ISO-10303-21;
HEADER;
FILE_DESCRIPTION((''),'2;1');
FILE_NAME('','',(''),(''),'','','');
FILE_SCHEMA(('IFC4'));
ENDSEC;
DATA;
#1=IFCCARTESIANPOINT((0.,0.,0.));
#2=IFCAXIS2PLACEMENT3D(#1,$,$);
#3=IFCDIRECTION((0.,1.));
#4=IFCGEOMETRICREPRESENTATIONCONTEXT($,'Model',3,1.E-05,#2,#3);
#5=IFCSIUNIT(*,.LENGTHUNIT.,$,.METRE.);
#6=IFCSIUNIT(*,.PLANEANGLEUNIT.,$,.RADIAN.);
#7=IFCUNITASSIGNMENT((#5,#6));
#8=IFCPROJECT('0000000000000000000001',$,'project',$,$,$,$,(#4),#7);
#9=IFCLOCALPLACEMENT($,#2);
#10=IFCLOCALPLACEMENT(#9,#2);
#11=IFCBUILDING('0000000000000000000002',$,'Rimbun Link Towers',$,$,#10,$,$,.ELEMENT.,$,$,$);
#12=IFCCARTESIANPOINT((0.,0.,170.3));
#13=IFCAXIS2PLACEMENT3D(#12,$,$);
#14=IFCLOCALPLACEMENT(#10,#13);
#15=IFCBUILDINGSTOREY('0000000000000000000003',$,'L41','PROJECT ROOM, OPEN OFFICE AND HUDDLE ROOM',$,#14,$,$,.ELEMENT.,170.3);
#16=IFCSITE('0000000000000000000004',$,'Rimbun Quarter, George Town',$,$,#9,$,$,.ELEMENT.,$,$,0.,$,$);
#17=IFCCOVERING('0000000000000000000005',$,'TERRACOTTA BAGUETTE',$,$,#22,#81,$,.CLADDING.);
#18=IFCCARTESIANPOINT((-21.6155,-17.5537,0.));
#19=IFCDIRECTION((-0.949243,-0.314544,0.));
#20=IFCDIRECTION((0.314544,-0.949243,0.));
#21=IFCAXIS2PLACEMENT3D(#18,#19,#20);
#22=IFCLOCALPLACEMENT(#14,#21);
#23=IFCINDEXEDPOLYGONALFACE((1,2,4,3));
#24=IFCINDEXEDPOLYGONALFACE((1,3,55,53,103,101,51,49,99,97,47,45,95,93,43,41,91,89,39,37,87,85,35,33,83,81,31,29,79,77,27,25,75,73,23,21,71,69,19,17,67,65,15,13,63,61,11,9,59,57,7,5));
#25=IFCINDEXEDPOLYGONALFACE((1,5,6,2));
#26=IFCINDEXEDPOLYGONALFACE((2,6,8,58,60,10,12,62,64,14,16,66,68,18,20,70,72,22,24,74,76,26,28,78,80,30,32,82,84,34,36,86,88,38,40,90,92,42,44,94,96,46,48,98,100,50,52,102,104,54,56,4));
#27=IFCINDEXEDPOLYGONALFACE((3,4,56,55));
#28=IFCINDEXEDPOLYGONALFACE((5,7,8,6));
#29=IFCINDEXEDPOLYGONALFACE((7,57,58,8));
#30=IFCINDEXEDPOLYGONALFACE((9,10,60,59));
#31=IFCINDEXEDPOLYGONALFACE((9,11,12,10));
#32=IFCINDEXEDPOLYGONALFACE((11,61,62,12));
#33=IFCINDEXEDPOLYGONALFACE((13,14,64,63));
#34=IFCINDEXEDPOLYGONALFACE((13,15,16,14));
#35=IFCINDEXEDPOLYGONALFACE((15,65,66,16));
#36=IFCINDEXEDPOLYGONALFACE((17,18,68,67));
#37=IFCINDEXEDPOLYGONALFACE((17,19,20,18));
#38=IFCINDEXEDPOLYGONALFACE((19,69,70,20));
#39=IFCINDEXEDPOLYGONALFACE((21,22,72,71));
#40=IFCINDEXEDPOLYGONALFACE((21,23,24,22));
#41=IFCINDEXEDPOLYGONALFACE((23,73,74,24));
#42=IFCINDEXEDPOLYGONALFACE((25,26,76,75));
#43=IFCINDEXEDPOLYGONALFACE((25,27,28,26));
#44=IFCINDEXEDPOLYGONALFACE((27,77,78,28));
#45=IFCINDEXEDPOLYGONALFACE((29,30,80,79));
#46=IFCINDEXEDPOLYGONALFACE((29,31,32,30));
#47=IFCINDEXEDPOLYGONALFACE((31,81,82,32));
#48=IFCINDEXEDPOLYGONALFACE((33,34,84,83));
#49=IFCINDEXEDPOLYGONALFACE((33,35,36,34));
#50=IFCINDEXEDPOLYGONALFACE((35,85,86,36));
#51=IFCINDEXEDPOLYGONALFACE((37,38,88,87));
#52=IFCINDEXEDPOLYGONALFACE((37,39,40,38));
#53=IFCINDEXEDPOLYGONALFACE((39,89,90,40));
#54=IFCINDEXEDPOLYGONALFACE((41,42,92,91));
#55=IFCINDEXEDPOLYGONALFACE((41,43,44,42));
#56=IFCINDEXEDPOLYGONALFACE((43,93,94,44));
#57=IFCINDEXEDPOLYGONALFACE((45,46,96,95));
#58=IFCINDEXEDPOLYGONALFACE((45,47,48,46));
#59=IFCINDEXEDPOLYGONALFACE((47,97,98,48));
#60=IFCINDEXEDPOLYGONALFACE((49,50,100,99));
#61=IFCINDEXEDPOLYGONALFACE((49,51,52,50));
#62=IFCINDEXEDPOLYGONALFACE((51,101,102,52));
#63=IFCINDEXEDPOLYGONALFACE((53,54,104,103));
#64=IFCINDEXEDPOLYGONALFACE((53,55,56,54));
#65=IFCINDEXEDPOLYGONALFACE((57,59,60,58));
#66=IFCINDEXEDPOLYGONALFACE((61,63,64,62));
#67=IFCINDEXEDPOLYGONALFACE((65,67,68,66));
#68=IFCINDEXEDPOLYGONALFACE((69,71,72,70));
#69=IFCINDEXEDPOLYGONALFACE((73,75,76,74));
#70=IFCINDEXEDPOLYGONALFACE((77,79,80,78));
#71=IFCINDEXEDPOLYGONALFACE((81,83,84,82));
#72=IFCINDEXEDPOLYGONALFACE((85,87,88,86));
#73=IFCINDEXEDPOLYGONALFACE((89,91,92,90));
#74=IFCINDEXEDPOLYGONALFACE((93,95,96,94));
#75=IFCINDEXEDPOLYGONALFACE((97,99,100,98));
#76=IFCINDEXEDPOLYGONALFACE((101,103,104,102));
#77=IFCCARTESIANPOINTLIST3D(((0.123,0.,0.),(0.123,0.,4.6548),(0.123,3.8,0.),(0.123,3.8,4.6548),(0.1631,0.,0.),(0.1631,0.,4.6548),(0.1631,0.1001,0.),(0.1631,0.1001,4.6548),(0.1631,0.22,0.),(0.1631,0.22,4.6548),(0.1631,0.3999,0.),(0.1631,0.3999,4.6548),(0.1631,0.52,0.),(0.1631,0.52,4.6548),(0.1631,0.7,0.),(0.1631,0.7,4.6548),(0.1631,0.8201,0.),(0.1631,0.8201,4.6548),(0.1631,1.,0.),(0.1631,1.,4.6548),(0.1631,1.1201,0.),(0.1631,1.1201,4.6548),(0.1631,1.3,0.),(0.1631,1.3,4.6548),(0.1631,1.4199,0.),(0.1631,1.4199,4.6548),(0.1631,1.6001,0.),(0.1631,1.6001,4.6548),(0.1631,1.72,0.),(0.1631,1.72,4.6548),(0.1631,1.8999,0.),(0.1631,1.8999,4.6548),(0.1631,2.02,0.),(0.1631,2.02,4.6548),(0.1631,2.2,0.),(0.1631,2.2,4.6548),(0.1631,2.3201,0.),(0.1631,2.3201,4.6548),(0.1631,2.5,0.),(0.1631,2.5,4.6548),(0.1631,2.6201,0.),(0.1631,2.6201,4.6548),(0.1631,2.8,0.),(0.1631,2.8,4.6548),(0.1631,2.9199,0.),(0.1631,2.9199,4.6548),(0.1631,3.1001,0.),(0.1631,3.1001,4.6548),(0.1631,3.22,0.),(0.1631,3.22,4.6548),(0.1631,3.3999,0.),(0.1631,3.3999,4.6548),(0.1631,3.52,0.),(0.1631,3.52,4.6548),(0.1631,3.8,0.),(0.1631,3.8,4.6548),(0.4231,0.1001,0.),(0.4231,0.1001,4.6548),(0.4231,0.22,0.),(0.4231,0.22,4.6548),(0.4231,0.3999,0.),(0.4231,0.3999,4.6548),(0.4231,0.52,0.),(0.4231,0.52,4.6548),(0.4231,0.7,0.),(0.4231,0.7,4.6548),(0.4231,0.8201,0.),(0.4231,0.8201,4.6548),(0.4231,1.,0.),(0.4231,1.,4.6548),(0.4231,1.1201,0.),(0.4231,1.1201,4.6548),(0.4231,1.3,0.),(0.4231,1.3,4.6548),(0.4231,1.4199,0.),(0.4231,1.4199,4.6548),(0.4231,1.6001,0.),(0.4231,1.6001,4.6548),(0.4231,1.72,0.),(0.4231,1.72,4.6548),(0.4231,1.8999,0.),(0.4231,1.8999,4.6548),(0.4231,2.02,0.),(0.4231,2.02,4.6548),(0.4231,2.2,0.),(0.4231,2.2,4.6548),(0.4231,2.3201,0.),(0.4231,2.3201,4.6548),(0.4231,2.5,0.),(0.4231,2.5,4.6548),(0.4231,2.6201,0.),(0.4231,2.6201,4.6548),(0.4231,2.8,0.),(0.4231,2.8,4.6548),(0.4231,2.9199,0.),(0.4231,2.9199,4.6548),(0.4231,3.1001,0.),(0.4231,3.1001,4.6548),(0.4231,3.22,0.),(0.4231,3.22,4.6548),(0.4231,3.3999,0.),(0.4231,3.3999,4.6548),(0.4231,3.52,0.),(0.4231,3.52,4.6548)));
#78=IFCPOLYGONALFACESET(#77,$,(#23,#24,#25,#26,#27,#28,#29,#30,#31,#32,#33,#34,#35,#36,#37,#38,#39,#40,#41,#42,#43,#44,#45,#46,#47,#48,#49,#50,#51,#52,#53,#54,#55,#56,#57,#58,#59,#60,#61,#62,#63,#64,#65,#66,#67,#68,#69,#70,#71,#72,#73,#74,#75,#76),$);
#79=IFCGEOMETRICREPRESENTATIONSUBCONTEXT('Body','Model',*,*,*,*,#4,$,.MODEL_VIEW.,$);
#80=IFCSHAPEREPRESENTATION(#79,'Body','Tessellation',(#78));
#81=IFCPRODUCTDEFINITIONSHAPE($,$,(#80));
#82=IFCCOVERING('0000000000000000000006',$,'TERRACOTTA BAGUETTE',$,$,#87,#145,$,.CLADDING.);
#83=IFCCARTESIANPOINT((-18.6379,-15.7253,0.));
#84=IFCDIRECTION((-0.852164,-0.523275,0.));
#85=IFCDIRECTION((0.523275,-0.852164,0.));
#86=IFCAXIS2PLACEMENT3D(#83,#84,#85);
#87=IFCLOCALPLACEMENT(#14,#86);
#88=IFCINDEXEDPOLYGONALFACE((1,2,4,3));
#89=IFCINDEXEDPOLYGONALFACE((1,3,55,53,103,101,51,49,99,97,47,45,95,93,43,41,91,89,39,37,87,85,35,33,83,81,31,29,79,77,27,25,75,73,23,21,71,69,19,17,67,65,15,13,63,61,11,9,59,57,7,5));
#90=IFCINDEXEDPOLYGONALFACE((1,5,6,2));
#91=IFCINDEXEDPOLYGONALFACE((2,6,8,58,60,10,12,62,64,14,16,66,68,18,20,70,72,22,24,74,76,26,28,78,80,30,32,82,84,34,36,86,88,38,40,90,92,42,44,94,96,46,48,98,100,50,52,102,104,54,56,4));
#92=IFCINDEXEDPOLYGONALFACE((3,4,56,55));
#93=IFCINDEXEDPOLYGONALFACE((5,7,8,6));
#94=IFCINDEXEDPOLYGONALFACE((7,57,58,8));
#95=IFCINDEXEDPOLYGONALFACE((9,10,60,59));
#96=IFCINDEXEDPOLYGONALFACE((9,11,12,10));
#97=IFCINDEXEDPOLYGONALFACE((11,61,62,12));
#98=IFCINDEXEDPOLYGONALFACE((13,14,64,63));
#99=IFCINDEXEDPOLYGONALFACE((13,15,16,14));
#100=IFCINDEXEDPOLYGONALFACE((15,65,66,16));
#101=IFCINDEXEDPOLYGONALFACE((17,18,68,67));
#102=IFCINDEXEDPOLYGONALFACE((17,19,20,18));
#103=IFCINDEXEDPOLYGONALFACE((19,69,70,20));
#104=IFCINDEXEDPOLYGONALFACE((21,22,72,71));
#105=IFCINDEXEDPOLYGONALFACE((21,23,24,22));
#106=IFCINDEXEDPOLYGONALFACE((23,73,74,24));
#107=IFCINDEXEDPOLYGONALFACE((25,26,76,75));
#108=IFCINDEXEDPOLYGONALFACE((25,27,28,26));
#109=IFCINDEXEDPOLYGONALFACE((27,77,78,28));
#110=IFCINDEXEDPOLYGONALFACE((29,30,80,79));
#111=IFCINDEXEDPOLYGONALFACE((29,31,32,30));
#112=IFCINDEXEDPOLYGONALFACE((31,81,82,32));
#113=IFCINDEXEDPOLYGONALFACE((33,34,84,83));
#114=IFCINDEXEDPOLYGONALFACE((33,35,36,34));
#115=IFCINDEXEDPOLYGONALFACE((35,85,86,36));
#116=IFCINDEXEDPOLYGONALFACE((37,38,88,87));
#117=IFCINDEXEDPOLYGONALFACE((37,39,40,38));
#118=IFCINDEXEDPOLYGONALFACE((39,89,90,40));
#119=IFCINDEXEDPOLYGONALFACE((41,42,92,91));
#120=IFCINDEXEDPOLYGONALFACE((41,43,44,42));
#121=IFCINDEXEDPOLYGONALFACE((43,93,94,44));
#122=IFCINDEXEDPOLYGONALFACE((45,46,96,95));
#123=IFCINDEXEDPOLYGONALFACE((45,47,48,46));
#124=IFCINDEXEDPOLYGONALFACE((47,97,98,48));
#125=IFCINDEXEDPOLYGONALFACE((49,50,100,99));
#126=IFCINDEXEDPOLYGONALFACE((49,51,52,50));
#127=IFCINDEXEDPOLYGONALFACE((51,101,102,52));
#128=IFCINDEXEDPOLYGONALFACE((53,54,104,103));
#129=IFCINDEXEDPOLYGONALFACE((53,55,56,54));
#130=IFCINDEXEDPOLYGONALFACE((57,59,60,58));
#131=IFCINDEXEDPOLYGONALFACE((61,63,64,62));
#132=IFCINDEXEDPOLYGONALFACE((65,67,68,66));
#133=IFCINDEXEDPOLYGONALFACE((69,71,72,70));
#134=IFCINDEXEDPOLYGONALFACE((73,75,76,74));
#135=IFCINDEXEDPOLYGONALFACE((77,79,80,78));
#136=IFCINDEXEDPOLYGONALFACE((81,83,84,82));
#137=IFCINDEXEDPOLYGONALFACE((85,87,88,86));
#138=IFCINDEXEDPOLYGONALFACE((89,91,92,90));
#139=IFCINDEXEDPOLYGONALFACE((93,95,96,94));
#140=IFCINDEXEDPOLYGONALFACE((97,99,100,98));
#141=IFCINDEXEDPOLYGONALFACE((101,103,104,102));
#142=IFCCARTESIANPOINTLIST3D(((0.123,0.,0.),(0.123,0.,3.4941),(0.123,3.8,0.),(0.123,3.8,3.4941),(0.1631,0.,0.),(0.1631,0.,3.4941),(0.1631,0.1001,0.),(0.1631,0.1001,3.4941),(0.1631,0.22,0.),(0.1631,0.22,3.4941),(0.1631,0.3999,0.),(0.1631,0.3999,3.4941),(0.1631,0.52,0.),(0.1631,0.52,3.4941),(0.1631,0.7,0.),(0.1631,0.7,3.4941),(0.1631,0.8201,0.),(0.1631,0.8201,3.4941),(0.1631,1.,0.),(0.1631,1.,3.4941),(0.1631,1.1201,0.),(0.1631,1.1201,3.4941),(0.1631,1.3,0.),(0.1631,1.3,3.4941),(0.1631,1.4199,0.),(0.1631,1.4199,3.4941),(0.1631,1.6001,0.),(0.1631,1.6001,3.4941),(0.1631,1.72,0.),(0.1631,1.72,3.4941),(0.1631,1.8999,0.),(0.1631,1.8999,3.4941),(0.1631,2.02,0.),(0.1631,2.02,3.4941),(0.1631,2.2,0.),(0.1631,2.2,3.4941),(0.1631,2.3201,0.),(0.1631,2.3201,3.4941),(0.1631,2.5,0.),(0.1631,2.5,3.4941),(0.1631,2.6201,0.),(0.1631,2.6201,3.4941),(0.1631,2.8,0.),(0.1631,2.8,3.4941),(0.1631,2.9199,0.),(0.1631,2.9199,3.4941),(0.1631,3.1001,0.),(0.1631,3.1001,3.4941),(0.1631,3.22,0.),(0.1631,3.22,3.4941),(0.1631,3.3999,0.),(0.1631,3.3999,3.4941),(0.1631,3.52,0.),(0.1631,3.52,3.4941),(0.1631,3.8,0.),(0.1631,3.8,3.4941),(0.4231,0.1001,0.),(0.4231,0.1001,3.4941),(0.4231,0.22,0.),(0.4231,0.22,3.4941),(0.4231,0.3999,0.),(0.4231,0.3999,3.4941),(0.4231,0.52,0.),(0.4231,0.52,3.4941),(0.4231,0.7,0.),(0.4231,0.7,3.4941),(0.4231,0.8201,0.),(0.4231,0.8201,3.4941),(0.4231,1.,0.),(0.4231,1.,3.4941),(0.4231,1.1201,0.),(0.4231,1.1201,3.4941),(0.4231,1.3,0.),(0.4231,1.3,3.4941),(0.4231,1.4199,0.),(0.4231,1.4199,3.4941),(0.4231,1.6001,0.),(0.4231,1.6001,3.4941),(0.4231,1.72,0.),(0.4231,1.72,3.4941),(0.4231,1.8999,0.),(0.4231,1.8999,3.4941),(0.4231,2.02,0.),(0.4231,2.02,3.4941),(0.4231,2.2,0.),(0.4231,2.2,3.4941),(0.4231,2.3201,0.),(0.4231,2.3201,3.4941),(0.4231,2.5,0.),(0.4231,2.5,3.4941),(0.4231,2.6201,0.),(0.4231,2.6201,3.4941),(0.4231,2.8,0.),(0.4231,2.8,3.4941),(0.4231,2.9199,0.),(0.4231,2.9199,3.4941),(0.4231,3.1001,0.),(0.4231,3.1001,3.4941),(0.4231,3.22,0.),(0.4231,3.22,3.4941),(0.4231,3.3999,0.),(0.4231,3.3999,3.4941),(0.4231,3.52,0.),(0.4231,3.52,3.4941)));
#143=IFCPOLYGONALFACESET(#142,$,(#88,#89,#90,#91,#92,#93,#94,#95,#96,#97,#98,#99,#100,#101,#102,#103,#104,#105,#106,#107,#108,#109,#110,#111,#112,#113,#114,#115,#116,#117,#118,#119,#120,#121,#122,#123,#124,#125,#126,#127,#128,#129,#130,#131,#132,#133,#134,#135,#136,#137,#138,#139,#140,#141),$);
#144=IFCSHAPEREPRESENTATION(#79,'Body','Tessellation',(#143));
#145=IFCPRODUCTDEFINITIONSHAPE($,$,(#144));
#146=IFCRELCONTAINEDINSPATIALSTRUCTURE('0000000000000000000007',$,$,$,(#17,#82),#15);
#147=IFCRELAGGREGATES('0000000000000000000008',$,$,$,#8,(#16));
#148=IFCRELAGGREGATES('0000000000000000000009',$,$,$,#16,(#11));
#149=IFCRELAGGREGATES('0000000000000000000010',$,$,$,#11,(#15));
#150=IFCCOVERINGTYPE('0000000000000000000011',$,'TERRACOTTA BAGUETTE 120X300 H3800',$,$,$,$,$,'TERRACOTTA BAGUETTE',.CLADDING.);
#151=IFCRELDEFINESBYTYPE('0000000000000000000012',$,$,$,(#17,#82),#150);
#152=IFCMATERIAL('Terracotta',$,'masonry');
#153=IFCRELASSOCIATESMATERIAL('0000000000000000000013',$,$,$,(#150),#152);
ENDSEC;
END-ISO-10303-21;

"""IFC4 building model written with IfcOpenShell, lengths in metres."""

from ifc_helpers import new_model, si_unit, direction, frame, origin, place, context, subcontext, project, spatial, polyline, outline, extrude, material, material_profile, profile_set, type_object, element, save


model = new_model("IFC4")

# Units and contexts
model_context = context("Model", 3, precision=1e-05, world=origin(), true_north=direction((0.0, 1.0)))
body_context = subcontext(model_context, "Body", "Model", "MODEL_VIEW")
ifc_project = project(units=[si_unit("LENGTHUNIT", "METRE"), si_unit("PLANEANGLEUNIT", "RADIAN")], contexts=[model_context])

# Site, building, storey
site_placement = place(None, origin())
site = spatial("IfcSite", under=ifc_project, at=site_placement, Name="Rimbun Quarter, George Town", CompositionType="ELEMENT", RefElevation=0.0)
building_placement = place(site_placement, origin())
building = spatial("IfcBuilding", under=site, at=building_placement, Name="Rimbun Link Towers", CompositionType="ELEMENT")
storey_placement = place(building_placement, frame((0.0, 0.0, 170.3)))
storey = spatial("IfcBuildingStorey", under=building, at=storey_placement, Name="L41", Description="PROJECT ROOM, OPEN OFFICE AND HUDDLE ROOM", CompositionType="ELEMENT", Elevation=170.3)

# Coverings
ifc_material_1 = material(Name="Terracotta", Category="masonry")
ifc_material_profile_1 = material_profile(ifc_material_1, outline(polyline([(0.123, 0.0), (0.1631, 0.0), (0.1631, 0.1001), (0.4231, 0.1001), (0.4231, 0.22), (0.1631, 0.22), (0.1631, 0.3999), (0.4231, 0.3999), (0.4231, 0.52), (0.1631, 0.52), (0.1631, 0.7), (0.4231, 0.7), (0.4231, 0.8201), (0.1631, 0.8201), (0.1631, 1.0), (0.4231, 1.0), (0.4231, 1.1201), (0.1631, 1.1201), (0.1631, 1.3), (0.4231, 1.3), (0.4231, 1.4199), (0.1631, 1.4199), (0.1631, 1.6001), (0.4231, 1.6001), (0.4231, 1.72), (0.1631, 1.72), (0.1631, 1.8999), (0.4231, 1.8999), (0.4231, 2.02), (0.1631, 2.02), (0.1631, 2.2), (0.4231, 2.2), (0.4231, 2.3201), (0.1631, 2.3201), (0.1631, 2.5), (0.4231, 2.5), (0.4231, 2.6201), (0.1631, 2.6201), (0.1631, 2.8), (0.4231, 2.8), (0.4231, 2.9199), (0.1631, 2.9199), (0.1631, 3.1001), (0.4231, 3.1001), (0.4231, 3.22), (0.1631, 3.22), (0.1631, 3.3999), (0.4231, 3.3999), (0.4231, 3.52), (0.1631, 3.52), (0.1631, 3.8), (0.123, 3.8), (0.123, 0.0)])), Name="BAGUETTE 120X300")
ifc_profile_set_1 = profile_set([ifc_material_profile_1], Name="Terracotta")
covering_type = type_object("IfcCoveringType", Name="TERRACOTTA BAGUETTE 120X300 H3800", ElementType="TERRACOTTA BAGUETTE", PredefinedType="CLADDING", material=ifc_profile_set_1)
covering_1_placement = place(storey_placement, frame((-21.6155, -17.5537, 0.0), z_axis=(-0.949243, -0.314544, 0.0), x_axis=(0.314544, -0.949243, 0.0)))
element("IfcCovering", 1, at=covering_1_placement, inside=storey, type_object=covering_type, Name="TERRACOTTA BAGUETTE", PredefinedType="CLADDING", context=body_context, shape_type="SweptSolid", body=[
    extrude(outline(polyline([(0.123, 0.0), (0.1631, 0.0), (0.1631, 0.1001), (0.4231, 0.1001), (0.4231, 0.22), (0.1631, 0.22), (0.1631, 0.3999), (0.4231, 0.3999), (0.4231, 0.52), (0.1631, 0.52), (0.1631, 0.7), (0.4231, 0.7), (0.4231, 0.8201), (0.1631, 0.8201), (0.1631, 1.0), (0.4231, 1.0), (0.4231, 1.1201), (0.1631, 1.1201), (0.1631, 1.3), (0.4231, 1.3), (0.4231, 1.4199), (0.1631, 1.4199), (0.1631, 1.6001), (0.4231, 1.6001), (0.4231, 1.72), (0.1631, 1.72), (0.1631, 1.8999), (0.4231, 1.8999), (0.4231, 2.02), (0.1631, 2.02), (0.1631, 2.2), (0.4231, 2.2), (0.4231, 2.3201), (0.1631, 2.3201), (0.1631, 2.5), (0.4231, 2.5), (0.4231, 2.6201), (0.1631, 2.6201), (0.1631, 2.8), (0.4231, 2.8), (0.4231, 2.9199), (0.1631, 2.9199), (0.1631, 3.1001), (0.4231, 3.1001), (0.4231, 3.22), (0.1631, 3.22), (0.1631, 3.3999), (0.4231, 3.3999), (0.4231, 3.52), (0.1631, 3.52), (0.1631, 3.8), (0.123, 3.8), (0.123, 0.0)])), origin(), (0.0, 0.0, 1.0), 4.6548),
])
covering_2_placement = place(storey_placement, frame((-18.6379, -15.7253, 0.0), z_axis=(-0.852164, -0.523275, 0.0), x_axis=(0.523275, -0.852164, 0.0)))
element("IfcCovering", 2, at=covering_2_placement, inside=storey, type_object=covering_type, Name="TERRACOTTA BAGUETTE", PredefinedType="CLADDING", context=body_context, shape_type="SweptSolid", body=[
    extrude(outline(polyline([(0.123, 0.0), (0.1631, 0.0), (0.1631, 0.1001), (0.4231, 0.1001), (0.4231, 0.22), (0.1631, 0.22), (0.1631, 0.3999), (0.4231, 0.3999), (0.4231, 0.52), (0.1631, 0.52), (0.1631, 0.7), (0.4231, 0.7), (0.4231, 0.8201), (0.1631, 0.8201), (0.1631, 1.0), (0.4231, 1.0), (0.4231, 1.1201), (0.1631, 1.1201), (0.1631, 1.3), (0.4231, 1.3), (0.4231, 1.4199), (0.1631, 1.4199), (0.1631, 1.6001), (0.4231, 1.6001), (0.4231, 1.72), (0.1631, 1.72), (0.1631, 1.8999), (0.4231, 1.8999), (0.4231, 2.02), (0.1631, 2.02), (0.1631, 2.2), (0.4231, 2.2), (0.4231, 2.3201), (0.1631, 2.3201), (0.1631, 2.5), (0.4231, 2.5), (0.4231, 2.6201), (0.1631, 2.6201), (0.1631, 2.8), (0.4231, 2.8), (0.4231, 2.9199), (0.1631, 2.9199), (0.1631, 3.1001), (0.4231, 3.1001), (0.4231, 3.22), (0.1631, 3.22), (0.1631, 3.3999), (0.4231, 3.3999), (0.4231, 3.52), (0.1631, 3.52), (0.1631, 3.8), (0.123, 3.8), (0.123, 0.0)])), origin(), (0.0, 0.0, 1.0), 3.4941),
])

save(model, "model.ifc")
